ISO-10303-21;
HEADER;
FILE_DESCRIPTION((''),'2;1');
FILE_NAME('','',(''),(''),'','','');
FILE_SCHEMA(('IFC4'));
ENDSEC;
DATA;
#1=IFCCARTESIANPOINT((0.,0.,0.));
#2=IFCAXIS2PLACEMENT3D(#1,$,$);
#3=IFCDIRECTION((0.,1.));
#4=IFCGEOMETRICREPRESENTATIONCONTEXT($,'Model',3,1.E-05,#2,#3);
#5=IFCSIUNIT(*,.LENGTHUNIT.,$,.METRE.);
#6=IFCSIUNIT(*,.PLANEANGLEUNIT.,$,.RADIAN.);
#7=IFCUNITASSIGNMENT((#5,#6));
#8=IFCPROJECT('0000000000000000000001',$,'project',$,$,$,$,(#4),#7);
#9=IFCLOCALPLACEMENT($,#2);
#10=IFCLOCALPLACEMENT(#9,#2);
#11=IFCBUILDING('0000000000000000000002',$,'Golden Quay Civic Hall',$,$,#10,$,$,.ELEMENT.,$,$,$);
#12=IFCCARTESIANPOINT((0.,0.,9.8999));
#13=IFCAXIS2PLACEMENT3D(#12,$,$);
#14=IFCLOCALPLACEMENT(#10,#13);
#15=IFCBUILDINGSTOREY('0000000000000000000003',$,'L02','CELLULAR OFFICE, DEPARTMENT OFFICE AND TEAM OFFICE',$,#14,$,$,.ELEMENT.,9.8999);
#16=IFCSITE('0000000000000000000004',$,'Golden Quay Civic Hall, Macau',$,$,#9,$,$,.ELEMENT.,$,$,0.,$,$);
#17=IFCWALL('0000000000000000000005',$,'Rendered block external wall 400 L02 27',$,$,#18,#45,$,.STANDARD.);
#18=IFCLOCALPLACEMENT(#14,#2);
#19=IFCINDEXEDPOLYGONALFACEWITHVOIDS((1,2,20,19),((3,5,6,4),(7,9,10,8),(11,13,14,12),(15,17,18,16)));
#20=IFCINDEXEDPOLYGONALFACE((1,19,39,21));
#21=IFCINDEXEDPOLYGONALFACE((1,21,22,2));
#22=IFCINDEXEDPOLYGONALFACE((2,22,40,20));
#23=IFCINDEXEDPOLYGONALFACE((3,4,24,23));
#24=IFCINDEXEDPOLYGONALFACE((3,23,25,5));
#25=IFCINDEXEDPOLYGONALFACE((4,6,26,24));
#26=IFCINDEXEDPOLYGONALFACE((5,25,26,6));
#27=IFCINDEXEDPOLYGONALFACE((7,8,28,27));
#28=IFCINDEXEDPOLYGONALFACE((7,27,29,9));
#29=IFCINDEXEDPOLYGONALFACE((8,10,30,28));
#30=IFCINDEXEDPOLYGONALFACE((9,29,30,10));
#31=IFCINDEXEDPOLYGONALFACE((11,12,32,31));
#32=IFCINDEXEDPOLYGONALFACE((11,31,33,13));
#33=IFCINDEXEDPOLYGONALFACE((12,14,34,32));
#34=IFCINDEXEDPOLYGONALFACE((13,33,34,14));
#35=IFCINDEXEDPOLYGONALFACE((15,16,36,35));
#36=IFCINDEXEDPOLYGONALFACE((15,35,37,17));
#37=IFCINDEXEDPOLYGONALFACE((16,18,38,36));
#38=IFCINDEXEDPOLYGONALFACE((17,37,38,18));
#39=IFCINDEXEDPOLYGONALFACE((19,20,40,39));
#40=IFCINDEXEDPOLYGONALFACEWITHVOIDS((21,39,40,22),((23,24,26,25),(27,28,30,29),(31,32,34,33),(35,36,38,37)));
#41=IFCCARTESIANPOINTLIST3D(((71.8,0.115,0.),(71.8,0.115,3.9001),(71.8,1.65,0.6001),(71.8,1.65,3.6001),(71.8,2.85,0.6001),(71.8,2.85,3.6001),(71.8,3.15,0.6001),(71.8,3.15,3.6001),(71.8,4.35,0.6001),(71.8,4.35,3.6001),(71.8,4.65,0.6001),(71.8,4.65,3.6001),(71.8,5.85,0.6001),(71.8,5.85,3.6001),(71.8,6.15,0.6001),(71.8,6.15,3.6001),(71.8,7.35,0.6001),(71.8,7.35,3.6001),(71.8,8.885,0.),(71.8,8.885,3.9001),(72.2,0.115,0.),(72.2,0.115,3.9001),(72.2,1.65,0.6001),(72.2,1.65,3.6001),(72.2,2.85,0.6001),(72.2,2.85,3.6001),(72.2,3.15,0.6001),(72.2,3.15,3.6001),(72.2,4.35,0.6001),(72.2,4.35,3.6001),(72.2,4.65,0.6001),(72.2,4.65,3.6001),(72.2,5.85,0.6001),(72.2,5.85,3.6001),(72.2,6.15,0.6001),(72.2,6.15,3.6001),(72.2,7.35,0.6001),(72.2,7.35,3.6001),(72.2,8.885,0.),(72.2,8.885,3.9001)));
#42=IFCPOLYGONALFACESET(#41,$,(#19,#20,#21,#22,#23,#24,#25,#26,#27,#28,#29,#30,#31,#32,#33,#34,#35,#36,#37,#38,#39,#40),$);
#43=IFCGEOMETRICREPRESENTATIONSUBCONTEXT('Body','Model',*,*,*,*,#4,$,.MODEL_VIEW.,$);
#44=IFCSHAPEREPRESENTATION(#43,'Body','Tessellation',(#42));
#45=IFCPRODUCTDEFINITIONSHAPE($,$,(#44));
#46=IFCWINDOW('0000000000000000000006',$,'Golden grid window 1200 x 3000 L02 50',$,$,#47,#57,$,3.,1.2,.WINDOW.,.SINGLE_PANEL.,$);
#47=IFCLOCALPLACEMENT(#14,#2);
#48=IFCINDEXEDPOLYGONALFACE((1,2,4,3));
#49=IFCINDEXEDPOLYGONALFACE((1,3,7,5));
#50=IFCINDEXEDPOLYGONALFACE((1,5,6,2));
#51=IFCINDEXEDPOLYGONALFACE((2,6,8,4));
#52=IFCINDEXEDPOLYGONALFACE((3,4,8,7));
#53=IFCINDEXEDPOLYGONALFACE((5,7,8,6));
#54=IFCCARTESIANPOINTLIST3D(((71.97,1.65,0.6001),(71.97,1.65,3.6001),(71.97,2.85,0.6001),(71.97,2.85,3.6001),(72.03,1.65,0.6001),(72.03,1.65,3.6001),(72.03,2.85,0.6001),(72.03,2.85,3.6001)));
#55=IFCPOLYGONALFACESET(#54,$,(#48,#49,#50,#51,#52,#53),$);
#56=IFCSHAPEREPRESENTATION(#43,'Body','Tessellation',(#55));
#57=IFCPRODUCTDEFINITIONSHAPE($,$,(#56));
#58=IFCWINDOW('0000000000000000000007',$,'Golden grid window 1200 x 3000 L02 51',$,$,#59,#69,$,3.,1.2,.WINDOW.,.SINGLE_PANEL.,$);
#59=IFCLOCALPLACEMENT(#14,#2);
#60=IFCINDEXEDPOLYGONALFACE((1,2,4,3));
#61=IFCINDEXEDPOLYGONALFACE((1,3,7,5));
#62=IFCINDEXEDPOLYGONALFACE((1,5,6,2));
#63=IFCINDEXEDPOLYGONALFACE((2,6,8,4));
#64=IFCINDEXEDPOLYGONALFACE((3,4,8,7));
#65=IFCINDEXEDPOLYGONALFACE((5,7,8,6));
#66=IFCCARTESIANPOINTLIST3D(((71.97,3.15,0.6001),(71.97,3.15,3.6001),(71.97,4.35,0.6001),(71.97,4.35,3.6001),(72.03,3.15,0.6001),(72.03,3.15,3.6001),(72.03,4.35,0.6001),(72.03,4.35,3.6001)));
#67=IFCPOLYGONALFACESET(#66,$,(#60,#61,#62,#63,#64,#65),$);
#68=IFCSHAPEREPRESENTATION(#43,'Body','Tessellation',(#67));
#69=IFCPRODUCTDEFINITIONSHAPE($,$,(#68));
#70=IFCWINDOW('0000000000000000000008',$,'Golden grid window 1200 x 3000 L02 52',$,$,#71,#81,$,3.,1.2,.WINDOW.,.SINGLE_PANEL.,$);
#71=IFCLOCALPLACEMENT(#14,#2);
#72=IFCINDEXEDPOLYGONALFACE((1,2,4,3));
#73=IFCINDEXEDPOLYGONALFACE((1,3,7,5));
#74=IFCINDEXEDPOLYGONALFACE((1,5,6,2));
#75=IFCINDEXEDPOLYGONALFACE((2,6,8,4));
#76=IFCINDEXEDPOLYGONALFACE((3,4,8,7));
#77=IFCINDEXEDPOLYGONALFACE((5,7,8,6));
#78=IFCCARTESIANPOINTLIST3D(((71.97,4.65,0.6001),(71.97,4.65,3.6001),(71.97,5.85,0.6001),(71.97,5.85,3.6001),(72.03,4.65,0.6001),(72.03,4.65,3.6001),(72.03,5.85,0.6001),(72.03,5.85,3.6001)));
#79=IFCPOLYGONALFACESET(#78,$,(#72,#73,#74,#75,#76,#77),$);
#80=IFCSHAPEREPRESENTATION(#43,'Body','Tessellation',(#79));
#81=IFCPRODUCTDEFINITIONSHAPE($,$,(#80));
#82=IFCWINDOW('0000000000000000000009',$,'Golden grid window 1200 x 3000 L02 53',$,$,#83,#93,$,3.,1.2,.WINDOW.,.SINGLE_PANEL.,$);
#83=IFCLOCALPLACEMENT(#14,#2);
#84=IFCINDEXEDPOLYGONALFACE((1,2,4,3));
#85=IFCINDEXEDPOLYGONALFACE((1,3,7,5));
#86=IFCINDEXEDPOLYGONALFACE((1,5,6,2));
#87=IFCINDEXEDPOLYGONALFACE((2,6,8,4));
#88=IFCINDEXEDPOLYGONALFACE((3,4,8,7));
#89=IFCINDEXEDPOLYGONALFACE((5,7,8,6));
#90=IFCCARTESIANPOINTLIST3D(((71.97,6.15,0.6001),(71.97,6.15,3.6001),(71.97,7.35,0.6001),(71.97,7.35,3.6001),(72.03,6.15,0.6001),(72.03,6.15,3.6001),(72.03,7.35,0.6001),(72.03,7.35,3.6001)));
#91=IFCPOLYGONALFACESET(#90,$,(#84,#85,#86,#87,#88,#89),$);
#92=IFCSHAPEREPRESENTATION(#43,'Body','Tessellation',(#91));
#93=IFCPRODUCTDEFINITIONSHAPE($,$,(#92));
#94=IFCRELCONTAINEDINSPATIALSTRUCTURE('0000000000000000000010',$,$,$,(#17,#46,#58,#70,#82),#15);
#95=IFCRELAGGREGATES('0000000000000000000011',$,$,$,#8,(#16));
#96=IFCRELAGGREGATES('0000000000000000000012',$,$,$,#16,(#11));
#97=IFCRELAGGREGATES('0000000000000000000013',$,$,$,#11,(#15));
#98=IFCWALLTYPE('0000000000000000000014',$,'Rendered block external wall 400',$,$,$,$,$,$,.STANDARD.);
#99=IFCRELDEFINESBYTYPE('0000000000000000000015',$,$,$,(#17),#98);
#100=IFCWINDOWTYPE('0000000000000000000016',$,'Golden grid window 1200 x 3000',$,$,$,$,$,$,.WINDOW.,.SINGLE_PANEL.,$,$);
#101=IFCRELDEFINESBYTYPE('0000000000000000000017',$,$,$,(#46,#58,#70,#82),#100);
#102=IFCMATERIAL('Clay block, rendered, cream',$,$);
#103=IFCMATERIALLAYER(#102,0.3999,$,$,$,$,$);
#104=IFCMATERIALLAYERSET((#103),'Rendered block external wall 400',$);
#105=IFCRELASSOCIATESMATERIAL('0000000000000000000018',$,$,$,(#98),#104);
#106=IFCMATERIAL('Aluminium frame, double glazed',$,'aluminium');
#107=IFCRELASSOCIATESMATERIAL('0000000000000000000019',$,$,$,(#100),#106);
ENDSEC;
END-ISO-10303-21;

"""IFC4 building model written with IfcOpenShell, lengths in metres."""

from ifc_helpers import new_model, si_unit, direction, frame, frame_2d, origin, place, context, subcontext, project, spatial, rectangle, extrude, material, layer, layer_set, type_object, element, fill, save


model = new_model("IFC4")

# Units and contexts
model_context = context("Model", 3, precision=1e-05, world=origin(), true_north=direction((0.0, 1.0)))
body_context = subcontext(model_context, "Body", "Model", "MODEL_VIEW")
ifc_project = project(units=[si_unit("LENGTHUNIT", "METRE"), si_unit("PLANEANGLEUNIT", "RADIAN")], contexts=[model_context])

# Site, building, storey
site_placement = place(None, origin())
site = spatial("IfcSite", under=ifc_project, at=site_placement, Name="Golden Quay Civic Hall, Macau", CompositionType="ELEMENT", RefElevation=0.0)
building_placement = place(site_placement, origin())
building = spatial("IfcBuilding", under=site, at=building_placement, Name="Golden Quay Civic Hall", CompositionType="ELEMENT")
storey_placement = place(building_placement, frame((0.0, 0.0, 9.8999)))
storey = spatial("IfcBuildingStorey", under=building, at=storey_placement, Name="L02", Description="CELLULAR OFFICE, DEPARTMENT OFFICE AND TEAM OFFICE", CompositionType="ELEMENT", Elevation=9.8999)

# Wall, openings, windows
ifc_material_1 = material(Name="Clay block, rendered, cream")
ifc_layer_1 = layer(ifc_material_1, 0.3999)
ifc_layer_set_1 = layer_set([ifc_layer_1], Name="Rendered block external wall 400")
wall_type_1 = type_object("IfcWallType", Name="Rendered block external wall 400", PredefinedType="STANDARD", material=ifc_layer_set_1)
wall_1_placement = place(storey_placement, frame((72.0, 8.885, 0.0), z_axis=(0.0, 0.0, 1.0), x_axis=(0.0, -1.0, 0.0)))
wall_1 = element("IfcWall", 1, at=wall_1_placement, inside=storey, type_object=wall_type_1, Name="Rendered block external wall 400 L02 27", PredefinedType="STANDARD", context=body_context, shape_type="SweptSolid", body=[
    extrude(rectangle(XDim=8.77, YDim=0.3999, at=frame_2d((4.385, 0.0))), origin(), (0.0, 0.0, 1.0), 3.9001),
])
opening_1_placement = place(wall_1_placement, frame((6.0349, 0.0, 0.6001)))
opening_1 = element("IfcOpeningElement", 2, at=opening_1_placement, cuts=wall_1, PredefinedType="OPENING", context=body_context, shape_type="SweptSolid", body=[
    extrude(rectangle(XDim=1.2, YDim=3.0, at=frame_2d((0.6001, 1.5))), frame((0.0, 0.21, 0.0), z_axis=(0.0, -1.0, 0.0), x_axis=(1.0, 0.0, 0.0)), (0.0, 0.0, 1.0), 0.4199),
])
opening_2_placement = place(wall_1_placement, frame((4.5349, 0.0, 0.6001)))
opening_2 = element("IfcOpeningElement", 3, at=opening_2_placement, cuts=wall_1, PredefinedType="OPENING", context=body_context, shape_type="SweptSolid", body=[
    extrude(rectangle(XDim=1.2, YDim=3.0, at=frame_2d((0.6001, 1.5))), frame((0.0, 0.21, 0.0), z_axis=(0.0, -1.0, 0.0), x_axis=(1.0, 0.0, 0.0)), (0.0, 0.0, 1.0), 0.4199),
])
opening_3_placement = place(wall_1_placement, frame((3.0349, 0.0, 0.6001)))
opening_3 = element("IfcOpeningElement", 4, at=opening_3_placement, cuts=wall_1, PredefinedType="OPENING", context=body_context, shape_type="SweptSolid", body=[
    extrude(rectangle(XDim=1.2, YDim=3.0, at=frame_2d((0.6001, 1.5))), frame((0.0, 0.21, 0.0), z_axis=(0.0, -1.0, 0.0), x_axis=(1.0, 0.0, 0.0)), (0.0, 0.0, 1.0), 0.4199),
])
opening_4_placement = place(wall_1_placement, frame((1.5349, 0.0, 0.6001)))
opening_4 = element("IfcOpeningElement", 5, at=opening_4_placement, cuts=wall_1, PredefinedType="OPENING", context=body_context, shape_type="SweptSolid", body=[
    extrude(rectangle(XDim=1.2, YDim=3.0, at=frame_2d((0.6001, 1.5))), frame((0.0, 0.21, 0.0), z_axis=(0.0, -1.0, 0.0), x_axis=(1.0, 0.0, 0.0)), (0.0, 0.0, 1.0), 0.4199),
])
ifc_material_2 = material(Name="Aluminium frame, double glazed", Category="aluminium")
window_type = type_object("IfcWindowType", Name="Golden grid window 1200 x 3000", PartitioningType="SINGLE_PANEL", PredefinedType="WINDOW", material=ifc_material_2)
window_1_placement = place(opening_1_placement, origin())
window_1 = element("IfcWindow", 6, at=window_1_placement, inside=storey, type_object=window_type, Name="Golden grid window 1200 x 3000 L02 50", OverallHeight=3.0, OverallWidth=1.2, PartitioningType="SINGLE_PANEL", PredefinedType="WINDOW", context=body_context, shape_type="SweptSolid", body=[
    extrude(rectangle(XDim=1.2, YDim=3.0, at=frame_2d((0.6001, 1.5))), frame((0.0, 0.03, 0.0), z_axis=(0.0, -1.0, 0.0), x_axis=(1.0, 0.0, 0.0)), (0.0, 0.0, 1.0), 0.0601),
])
fill(opening_1, window_1)
window_2_placement = place(opening_2_placement, origin())
window_2 = element("IfcWindow", 7, at=window_2_placement, inside=storey, type_object=window_type, Name="Golden grid window 1200 x 3000 L02 51", OverallHeight=3.0, OverallWidth=1.2, PartitioningType="SINGLE_PANEL", PredefinedType="WINDOW", context=body_context, shape_type="SweptSolid", body=[
    extrude(rectangle(XDim=1.2, YDim=3.0, at=frame_2d((0.6001, 1.5))), frame((0.0, 0.03, 0.0), z_axis=(0.0, -1.0, 0.0), x_axis=(1.0, 0.0, 0.0)), (0.0, 0.0, 1.0), 0.0601),
])
fill(opening_2, window_2)
window_3_placement = place(opening_3_placement, origin())
window_3 = element("IfcWindow", 8, at=window_3_placement, inside=storey, type_object=window_type, Name="Golden grid window 1200 x 3000 L02 52", OverallHeight=3.0, OverallWidth=1.2, PartitioningType="SINGLE_PANEL", PredefinedType="WINDOW", context=body_context, shape_type="SweptSolid", body=[
    extrude(rectangle(XDim=1.2, YDim=3.0, at=frame_2d((0.6001, 1.5))), frame((0.0, 0.03, 0.0), z_axis=(0.0, -1.0, 0.0), x_axis=(1.0, 0.0, 0.0)), (0.0, 0.0, 1.0), 0.0601),
])
fill(opening_3, window_3)
window_4_placement = place(opening_4_placement, origin())
window_4 = element("IfcWindow", 9, at=window_4_placement, inside=storey, type_object=window_type, Name="Golden grid window 1200 x 3000 L02 53", OverallHeight=3.0, OverallWidth=1.2, PartitioningType="SINGLE_PANEL", PredefinedType="WINDOW", context=body_context, shape_type="SweptSolid", body=[
    extrude(rectangle(XDim=1.2, YDim=3.0, at=frame_2d((0.6001, 1.5))), frame((0.0, 0.03, 0.0), z_axis=(0.0, -1.0, 0.0), x_axis=(1.0, 0.0, 0.0)), (0.0, 0.0, 1.0), 0.0601),
])
fill(opening_4, window_4)

save(model, "model.ifc")
